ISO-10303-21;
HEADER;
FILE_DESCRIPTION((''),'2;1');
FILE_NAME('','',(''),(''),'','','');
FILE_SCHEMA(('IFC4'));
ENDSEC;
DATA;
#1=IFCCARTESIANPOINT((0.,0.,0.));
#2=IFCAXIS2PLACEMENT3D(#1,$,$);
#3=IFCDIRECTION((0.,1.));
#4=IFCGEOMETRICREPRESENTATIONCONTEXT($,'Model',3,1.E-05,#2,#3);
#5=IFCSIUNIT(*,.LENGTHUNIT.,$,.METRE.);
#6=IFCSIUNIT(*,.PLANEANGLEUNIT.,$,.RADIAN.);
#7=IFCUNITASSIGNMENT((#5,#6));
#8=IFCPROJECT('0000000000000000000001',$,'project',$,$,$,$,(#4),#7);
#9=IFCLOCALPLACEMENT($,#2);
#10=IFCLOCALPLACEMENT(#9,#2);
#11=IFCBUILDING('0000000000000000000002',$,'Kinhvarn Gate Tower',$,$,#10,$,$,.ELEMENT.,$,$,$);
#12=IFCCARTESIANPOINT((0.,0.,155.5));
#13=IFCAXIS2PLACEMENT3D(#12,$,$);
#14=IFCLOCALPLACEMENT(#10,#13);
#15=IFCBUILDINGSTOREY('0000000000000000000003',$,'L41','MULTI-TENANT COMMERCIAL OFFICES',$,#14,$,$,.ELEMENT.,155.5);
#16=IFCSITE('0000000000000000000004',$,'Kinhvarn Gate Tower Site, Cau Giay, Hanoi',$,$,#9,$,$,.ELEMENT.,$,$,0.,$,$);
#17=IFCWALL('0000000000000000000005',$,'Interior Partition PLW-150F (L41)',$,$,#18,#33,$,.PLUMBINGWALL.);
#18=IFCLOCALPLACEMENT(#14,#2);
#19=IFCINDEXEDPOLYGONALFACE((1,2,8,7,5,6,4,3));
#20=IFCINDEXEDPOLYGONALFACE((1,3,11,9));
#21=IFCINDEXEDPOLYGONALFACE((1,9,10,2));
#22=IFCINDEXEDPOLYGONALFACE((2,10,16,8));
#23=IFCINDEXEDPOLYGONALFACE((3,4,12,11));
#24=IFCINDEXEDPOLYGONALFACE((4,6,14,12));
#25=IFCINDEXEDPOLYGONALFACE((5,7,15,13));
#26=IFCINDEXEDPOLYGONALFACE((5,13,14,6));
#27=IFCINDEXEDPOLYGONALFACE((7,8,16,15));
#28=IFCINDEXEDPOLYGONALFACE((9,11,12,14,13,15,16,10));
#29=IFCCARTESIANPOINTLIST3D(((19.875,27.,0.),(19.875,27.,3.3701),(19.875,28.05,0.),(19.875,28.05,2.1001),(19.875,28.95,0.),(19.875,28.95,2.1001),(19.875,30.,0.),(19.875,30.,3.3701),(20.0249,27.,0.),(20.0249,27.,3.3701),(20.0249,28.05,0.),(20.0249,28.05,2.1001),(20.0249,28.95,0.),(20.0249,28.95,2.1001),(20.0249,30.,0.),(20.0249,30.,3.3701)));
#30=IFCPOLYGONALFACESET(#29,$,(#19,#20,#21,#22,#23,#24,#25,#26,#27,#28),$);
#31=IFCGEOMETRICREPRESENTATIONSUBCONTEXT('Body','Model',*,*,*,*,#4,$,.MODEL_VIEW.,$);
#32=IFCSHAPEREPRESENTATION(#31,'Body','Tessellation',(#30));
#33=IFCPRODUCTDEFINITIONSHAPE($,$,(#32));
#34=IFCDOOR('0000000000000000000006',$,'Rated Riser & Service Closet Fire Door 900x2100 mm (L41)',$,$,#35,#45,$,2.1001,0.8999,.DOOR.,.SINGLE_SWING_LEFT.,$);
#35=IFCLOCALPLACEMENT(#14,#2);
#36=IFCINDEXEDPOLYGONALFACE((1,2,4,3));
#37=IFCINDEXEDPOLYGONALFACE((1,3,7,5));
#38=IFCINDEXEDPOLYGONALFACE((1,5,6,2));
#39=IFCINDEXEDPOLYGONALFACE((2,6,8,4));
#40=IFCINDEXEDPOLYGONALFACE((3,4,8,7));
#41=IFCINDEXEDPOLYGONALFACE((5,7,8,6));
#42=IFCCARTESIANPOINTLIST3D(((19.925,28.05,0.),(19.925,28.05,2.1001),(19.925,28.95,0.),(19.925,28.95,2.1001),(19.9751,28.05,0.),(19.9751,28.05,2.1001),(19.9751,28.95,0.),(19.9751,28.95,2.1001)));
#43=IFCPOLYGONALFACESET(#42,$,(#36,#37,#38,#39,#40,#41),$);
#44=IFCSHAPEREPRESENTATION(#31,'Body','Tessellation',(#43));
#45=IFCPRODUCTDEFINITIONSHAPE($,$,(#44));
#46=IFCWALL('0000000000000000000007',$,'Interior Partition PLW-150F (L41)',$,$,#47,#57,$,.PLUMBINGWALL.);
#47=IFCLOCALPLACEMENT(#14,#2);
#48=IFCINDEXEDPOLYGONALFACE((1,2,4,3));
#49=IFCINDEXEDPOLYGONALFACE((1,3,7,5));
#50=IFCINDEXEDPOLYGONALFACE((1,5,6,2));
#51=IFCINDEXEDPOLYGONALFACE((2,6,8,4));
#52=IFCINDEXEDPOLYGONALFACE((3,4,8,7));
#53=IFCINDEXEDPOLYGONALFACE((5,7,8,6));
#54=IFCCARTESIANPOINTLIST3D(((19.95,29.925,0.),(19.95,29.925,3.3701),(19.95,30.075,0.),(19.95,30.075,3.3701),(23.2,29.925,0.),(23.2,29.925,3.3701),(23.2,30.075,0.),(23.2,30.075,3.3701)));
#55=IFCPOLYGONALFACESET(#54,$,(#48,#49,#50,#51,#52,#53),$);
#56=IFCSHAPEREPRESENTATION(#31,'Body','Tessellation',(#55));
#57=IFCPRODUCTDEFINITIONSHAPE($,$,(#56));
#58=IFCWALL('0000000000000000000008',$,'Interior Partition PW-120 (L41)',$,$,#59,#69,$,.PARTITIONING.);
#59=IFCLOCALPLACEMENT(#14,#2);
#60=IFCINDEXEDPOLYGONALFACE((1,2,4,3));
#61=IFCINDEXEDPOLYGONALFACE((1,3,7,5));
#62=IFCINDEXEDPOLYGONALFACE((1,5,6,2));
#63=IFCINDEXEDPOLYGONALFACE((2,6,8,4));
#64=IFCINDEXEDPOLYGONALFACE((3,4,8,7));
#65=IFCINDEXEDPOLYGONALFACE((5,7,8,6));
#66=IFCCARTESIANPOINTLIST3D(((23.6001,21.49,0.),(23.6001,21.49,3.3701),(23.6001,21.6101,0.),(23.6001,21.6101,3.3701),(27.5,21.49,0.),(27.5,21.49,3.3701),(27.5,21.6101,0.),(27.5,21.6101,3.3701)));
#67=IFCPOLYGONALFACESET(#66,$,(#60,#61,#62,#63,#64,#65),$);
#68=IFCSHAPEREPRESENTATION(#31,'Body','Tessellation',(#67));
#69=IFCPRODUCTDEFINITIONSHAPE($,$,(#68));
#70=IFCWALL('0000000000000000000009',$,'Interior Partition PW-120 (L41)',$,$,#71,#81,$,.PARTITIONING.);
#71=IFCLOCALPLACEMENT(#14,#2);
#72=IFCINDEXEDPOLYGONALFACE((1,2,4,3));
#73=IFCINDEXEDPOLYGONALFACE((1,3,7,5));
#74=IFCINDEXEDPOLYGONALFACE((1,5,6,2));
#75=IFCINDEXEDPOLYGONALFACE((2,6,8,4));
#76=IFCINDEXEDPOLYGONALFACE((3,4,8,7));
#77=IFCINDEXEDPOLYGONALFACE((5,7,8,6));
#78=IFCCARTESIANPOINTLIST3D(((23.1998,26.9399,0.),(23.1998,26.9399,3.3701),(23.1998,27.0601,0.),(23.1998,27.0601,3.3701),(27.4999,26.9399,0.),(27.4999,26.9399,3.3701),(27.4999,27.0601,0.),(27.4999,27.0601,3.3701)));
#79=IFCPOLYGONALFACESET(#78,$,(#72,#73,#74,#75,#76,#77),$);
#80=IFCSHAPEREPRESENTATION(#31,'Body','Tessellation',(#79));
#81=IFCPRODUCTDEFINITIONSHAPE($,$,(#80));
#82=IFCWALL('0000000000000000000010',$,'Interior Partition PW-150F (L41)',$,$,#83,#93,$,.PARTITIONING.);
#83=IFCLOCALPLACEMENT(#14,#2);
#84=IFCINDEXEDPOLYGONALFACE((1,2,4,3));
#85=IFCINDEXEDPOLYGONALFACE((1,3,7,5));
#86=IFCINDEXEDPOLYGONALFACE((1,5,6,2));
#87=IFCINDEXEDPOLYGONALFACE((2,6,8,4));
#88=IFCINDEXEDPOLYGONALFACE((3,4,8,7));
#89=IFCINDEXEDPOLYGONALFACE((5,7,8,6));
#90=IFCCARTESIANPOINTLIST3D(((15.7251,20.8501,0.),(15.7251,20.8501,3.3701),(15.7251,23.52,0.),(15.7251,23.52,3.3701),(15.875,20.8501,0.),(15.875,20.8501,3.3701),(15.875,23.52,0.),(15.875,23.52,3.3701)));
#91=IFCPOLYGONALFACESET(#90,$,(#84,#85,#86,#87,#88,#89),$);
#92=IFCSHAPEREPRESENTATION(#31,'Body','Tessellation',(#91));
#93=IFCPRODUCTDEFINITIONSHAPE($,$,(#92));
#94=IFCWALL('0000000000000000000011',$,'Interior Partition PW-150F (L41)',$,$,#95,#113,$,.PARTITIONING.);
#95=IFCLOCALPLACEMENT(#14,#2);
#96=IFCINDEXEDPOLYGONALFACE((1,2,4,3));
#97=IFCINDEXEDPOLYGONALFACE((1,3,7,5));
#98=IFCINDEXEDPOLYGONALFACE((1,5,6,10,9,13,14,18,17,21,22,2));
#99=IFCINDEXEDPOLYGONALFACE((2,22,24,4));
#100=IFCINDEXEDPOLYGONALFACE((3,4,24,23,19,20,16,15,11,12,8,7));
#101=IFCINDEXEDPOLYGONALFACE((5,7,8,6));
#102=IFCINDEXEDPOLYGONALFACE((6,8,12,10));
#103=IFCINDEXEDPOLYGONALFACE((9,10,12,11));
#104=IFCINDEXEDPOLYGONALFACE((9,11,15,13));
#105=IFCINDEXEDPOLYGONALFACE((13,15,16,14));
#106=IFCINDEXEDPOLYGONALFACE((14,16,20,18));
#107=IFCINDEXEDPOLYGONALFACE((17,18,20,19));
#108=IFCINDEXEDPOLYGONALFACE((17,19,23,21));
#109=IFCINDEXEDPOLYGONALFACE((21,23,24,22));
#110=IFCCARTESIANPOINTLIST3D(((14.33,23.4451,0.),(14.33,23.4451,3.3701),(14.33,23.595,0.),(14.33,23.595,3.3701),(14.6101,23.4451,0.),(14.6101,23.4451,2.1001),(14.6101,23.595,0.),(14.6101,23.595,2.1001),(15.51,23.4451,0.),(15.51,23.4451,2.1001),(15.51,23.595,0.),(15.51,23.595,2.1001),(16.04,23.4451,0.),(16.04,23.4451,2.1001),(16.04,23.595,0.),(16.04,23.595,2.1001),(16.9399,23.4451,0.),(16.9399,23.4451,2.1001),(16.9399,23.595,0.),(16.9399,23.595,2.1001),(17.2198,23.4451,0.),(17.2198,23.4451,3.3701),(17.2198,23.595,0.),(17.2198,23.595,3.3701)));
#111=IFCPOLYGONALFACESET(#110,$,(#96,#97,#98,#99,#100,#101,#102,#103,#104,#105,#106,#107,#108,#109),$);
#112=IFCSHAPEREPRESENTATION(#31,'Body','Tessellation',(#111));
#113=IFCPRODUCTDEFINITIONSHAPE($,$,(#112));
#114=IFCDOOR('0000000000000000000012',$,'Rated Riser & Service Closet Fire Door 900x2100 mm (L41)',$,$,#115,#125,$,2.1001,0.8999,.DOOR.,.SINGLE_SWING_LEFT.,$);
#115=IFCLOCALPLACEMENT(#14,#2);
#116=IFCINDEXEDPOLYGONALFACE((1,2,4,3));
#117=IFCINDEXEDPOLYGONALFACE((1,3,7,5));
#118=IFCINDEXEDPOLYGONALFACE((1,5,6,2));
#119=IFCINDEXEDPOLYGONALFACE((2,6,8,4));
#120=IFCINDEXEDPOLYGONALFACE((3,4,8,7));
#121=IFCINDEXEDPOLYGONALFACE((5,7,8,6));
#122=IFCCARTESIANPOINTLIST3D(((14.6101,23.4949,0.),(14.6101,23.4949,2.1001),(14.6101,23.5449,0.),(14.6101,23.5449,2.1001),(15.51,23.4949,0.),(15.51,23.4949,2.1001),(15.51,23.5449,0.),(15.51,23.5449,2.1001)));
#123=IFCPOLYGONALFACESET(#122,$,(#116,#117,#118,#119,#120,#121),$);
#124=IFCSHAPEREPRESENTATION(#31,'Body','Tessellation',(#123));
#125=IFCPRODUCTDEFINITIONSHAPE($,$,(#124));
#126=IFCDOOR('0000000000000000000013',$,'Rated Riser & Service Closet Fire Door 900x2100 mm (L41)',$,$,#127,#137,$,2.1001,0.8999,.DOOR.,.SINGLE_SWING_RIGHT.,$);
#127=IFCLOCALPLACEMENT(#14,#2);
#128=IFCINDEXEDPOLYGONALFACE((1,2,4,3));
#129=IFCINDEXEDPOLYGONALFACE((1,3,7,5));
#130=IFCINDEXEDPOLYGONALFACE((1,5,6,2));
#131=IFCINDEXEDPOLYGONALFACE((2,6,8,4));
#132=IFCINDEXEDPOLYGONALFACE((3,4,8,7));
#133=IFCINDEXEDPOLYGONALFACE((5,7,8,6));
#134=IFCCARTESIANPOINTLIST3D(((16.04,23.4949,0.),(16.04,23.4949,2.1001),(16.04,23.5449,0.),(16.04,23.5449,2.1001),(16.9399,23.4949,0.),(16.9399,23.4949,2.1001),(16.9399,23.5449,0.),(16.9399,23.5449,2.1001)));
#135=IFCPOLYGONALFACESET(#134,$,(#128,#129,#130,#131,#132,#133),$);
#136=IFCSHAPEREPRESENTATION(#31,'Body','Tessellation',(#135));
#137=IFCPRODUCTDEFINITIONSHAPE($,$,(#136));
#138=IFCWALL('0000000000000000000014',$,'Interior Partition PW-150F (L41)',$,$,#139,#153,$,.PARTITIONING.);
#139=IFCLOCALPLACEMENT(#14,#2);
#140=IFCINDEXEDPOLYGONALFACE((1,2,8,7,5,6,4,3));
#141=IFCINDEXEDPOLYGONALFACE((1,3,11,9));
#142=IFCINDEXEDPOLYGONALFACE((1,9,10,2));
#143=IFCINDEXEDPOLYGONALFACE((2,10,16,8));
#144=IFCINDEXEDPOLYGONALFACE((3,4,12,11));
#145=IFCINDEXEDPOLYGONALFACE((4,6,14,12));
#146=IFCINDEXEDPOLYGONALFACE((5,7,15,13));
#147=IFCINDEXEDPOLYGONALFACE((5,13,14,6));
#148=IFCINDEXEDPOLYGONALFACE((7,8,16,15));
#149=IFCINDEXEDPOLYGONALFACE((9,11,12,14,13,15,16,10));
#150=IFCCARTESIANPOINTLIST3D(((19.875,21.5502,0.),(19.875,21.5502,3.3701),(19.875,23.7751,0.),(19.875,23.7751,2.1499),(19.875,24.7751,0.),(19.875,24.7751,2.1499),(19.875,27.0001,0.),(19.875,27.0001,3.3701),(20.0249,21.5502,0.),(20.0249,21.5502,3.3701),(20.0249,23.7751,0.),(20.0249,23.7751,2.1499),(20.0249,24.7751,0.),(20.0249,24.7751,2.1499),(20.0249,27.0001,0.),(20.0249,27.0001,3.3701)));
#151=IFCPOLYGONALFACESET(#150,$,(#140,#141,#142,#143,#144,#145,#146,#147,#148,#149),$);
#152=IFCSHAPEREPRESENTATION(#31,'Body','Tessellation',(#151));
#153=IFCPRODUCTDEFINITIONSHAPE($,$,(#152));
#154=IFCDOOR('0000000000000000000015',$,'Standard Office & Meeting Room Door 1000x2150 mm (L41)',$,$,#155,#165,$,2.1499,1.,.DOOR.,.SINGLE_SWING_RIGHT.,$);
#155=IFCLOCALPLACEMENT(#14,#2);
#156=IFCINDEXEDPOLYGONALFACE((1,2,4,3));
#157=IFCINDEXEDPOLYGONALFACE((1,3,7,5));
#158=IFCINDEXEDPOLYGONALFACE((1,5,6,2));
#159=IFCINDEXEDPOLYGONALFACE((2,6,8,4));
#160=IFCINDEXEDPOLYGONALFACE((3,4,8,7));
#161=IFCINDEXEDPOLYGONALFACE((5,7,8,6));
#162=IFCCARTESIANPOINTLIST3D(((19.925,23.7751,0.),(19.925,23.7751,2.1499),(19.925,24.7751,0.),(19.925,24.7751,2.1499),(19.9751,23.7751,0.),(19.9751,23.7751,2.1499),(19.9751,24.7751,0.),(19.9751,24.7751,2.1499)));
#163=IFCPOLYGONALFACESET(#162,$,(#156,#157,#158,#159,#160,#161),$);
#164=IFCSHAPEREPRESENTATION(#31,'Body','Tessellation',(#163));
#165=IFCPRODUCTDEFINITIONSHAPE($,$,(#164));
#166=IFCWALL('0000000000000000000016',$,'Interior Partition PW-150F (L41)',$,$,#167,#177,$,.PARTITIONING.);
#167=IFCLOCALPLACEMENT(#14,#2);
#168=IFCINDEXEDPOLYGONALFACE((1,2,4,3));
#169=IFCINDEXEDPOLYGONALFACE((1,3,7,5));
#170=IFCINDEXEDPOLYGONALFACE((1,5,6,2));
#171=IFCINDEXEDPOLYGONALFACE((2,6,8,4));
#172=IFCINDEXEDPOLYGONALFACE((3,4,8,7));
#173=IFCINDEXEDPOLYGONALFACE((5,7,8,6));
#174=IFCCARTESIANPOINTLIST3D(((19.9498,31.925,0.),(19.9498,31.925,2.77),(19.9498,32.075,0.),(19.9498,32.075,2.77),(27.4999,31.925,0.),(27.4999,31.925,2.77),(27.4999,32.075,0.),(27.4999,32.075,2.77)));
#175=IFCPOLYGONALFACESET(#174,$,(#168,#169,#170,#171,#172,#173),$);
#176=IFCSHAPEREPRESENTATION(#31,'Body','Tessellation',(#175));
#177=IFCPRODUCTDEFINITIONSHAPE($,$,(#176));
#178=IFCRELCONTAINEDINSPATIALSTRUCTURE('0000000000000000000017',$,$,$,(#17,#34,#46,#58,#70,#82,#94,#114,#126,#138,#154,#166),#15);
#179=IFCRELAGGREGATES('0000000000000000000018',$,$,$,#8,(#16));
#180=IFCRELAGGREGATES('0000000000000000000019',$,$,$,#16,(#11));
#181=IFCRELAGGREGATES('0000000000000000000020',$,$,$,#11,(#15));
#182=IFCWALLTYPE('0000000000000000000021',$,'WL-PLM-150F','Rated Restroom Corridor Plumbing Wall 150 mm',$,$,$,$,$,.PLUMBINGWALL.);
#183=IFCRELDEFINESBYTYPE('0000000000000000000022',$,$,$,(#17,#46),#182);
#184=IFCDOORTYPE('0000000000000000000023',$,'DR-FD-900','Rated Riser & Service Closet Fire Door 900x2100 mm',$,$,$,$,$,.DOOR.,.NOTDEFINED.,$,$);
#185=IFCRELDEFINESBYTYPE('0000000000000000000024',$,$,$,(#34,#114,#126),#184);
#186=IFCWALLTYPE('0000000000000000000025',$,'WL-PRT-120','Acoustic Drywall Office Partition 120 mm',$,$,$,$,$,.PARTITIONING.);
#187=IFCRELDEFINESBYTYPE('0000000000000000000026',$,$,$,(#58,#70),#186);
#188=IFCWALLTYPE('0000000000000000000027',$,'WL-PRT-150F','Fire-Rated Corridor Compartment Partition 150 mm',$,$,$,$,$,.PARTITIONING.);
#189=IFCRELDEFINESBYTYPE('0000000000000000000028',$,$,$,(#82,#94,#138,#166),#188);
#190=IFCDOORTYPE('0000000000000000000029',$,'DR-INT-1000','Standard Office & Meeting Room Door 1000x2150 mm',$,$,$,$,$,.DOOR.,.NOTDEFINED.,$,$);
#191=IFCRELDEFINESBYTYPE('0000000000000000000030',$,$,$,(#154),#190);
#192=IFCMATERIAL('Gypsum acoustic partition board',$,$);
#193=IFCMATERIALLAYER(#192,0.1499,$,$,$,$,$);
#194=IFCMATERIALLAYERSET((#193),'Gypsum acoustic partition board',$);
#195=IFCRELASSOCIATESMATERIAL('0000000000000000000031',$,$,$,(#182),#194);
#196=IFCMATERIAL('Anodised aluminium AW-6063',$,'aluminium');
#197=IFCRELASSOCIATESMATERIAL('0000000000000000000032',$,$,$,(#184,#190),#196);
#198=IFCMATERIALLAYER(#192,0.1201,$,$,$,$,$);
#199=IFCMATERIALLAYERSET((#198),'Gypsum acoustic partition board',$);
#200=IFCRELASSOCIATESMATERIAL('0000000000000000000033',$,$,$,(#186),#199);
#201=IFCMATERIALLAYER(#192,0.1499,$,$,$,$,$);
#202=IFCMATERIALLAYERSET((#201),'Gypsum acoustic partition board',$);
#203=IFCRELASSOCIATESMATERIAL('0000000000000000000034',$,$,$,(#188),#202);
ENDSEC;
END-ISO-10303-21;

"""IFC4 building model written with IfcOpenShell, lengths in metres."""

from ifc_helpers import new_model, si_unit, direction, frame, frame_2d, origin, place, context, subcontext, project, spatial, rectangle, extrude, material, layer, layer_set, type_object, element, fill, save


model = new_model("IFC4")

# Units and contexts
model_context = context("Model", 3, precision=1e-05, world=origin(), true_north=direction((0.0, 1.0)))
body_context = subcontext(model_context, "Body", "Model", "MODEL_VIEW")
ifc_project = project(units=[si_unit("LENGTHUNIT", "METRE"), si_unit("PLANEANGLEUNIT", "RADIAN")], contexts=[model_context])

# Site, building, storey
site_placement = place(None, origin())
site = spatial("IfcSite", under=ifc_project, at=site_placement, Name="Kinhvarn Gate Tower Site, Cau Giay, Hanoi", CompositionType="ELEMENT", RefElevation=0.0)
building_placement = place(site_placement, origin())
building = spatial("IfcBuilding", under=site, at=building_placement, Name="Kinhvarn Gate Tower", CompositionType="ELEMENT")
storey_placement = place(building_placement, frame((0.0, 0.0, 155.5)))
storey = spatial("IfcBuildingStorey", under=building, at=storey_placement, Name="L41", Description="MULTI-TENANT COMMERCIAL OFFICES", CompositionType="ELEMENT", Elevation=155.5)

# Shared definitions
ifc_material_1 = material(Name="Anodised aluminium AW-6063", Category="aluminium")

# Shared definitions
ifc_material_2 = material(Name="Gypsum acoustic partition board")

# Wall, opening, door
ifc_layer_1 = layer(ifc_material_2, 0.1499)
ifc_layer_set_1 = layer_set([ifc_layer_1], Name="Gypsum acoustic partition board")
wall_type_1 = type_object("IfcWallType", Name="WL-PLM-150F", Description="Rated Restroom Corridor Plumbing Wall 150 mm", PredefinedType="PLUMBINGWALL", material=ifc_layer_set_1)
wall_1_placement = place(storey_placement, frame((19.95, 27.0, 0.0), z_axis=(0.0, 0.0, 1.0), x_axis=(0.0, 1.0, 0.0)))
wall_1 = element("IfcWall", 1, at=wall_1_placement, inside=storey, type_object=wall_type_1, Name="Interior Partition PLW-150F (L41)", PredefinedType="PLUMBINGWALL", context=body_context, shape_type="SweptSolid", body=[
    extrude(rectangle(XDim=3.0, YDim=0.1499, at=frame_2d((1.5, 0.0))), origin(), (0.0, 0.0, 1.0), 3.3701),
])
opening_1_placement = place(wall_1_placement, frame((1.05, 0.0, 0.0)))
opening_1 = element("IfcOpeningElement", 2, at=opening_1_placement, cuts=wall_1, PredefinedType="OPENING", context=body_context, shape_type="SweptSolid", body=[
    extrude(rectangle(XDim=0.8999, YDim=2.1001, at=frame_2d((0.45, 1.05))), frame((0.0, 0.085, 0.0), z_axis=(0.0, -1.0, 0.0), x_axis=(1.0, 0.0, 0.0)), (0.0, 0.0, 1.0), 0.1699),
])
door_type_1 = type_object("IfcDoorType", Name="DR-FD-900", Description="Rated Riser & Service Closet Fire Door 900x2100 mm", OperationType="NOTDEFINED", PredefinedType="DOOR", material=ifc_material_1)
door_1_placement = place(opening_1_placement, origin())
door_1 = element("IfcDoor", 3, at=door_1_placement, inside=storey, type_object=door_type_1, Name="Rated Riser & Service Closet Fire Door 900x2100 mm (L41)", OperationType="SINGLE_SWING_LEFT", OverallHeight=2.1001, OverallWidth=0.8999, PredefinedType="DOOR", context=body_context, shape_type="SweptSolid", body=[
    extrude(rectangle(XDim=0.8999, YDim=2.1001, at=frame_2d((0.45, 1.05))), frame((0.0, 0.0249, 0.0), z_axis=(0.0, -1.0, 0.0), x_axis=(1.0, 0.0, 0.0)), (0.0, 0.0, 1.0), 0.05),
])
fill(opening_1, door_1)

# Walls
wall_2_placement = place(storey_placement, frame((19.95, 30.0, 0.0), z_axis=(0.0, 0.0, 1.0), x_axis=(1.0, 0.0, 0.0)))
element("IfcWall", 4, at=wall_2_placement, inside=storey, type_object=wall_type_1, Name="Interior Partition PLW-150F (L41)", PredefinedType="PLUMBINGWALL", context=body_context, shape_type="SweptSolid", body=[
    extrude(rectangle(XDim=3.25, YDim=0.1499, at=frame_2d((1.625, 0.0))), origin(), (0.0, 0.0, 1.0), 3.3701),
])
ifc_layer_2 = layer(ifc_material_2, 0.1201)
ifc_layer_set_2 = layer_set([ifc_layer_2], Name="Gypsum acoustic partition board")
wall_type_2 = type_object("IfcWallType", Name="WL-PRT-120", Description="Acoustic Drywall Office Partition 120 mm", PredefinedType="PARTITIONING", material=ifc_layer_set_2)
wall_3_placement = place(storey_placement, frame((23.6001, 21.55, 0.0), z_axis=(0.0, 0.0, 1.0), x_axis=(1.0, 0.0, 0.0)))
element("IfcWall", 5, at=wall_3_placement, inside=storey, type_object=wall_type_2, Name="Interior Partition PW-120 (L41)", PredefinedType="PARTITIONING", context=body_context, shape_type="SweptSolid", body=[
    extrude(rectangle(XDim=3.8999, YDim=0.1201, at=frame_2d((1.95, 0.0))), origin(), (0.0, 0.0, 1.0), 3.3701),
])
wall_4_placement = place(storey_placement, frame((23.2, 27.0, 0.0), z_axis=(0.0, 0.0, 1.0), x_axis=(1.0, 0.0, 0.0)))
element("IfcWall", 6, at=wall_4_placement, inside=storey, type_object=wall_type_2, Name="Interior Partition PW-120 (L41)", PredefinedType="PARTITIONING", context=body_context, shape_type="SweptSolid", body=[
    extrude(rectangle(XDim=4.3, YDim=0.1201, at=frame_2d((2.1499, 0.0))), origin(), (0.0, 0.0, 1.0), 3.3701),
])
ifc_layer_3 = layer(ifc_material_2, 0.1499)
ifc_layer_set_3 = layer_set([ifc_layer_3], Name="Gypsum acoustic partition board")
wall_type_3 = type_object("IfcWallType", Name="WL-PRT-150F", Description="Fire-Rated Corridor Compartment Partition 150 mm", PredefinedType="PARTITIONING", material=ifc_layer_set_3)
wall_5_placement = place(storey_placement, frame((15.8, 20.8501, 0.0), z_axis=(0.0, 0.0, 1.0), x_axis=(0.0, 1.0, 0.0)))
element("IfcWall", 7, at=wall_5_placement, inside=storey, type_object=wall_type_3, Name="Interior Partition PW-150F (L41)", PredefinedType="PARTITIONING", context=body_context, shape_type="SweptSolid", body=[
    extrude(rectangle(XDim=2.6699, YDim=0.1499, at=frame_2d((1.335, 0.0))), origin(), (0.0, 0.0, 1.0), 3.3701),
])

# Wall, openings, doors
wall_6_placement = place(storey_placement, frame((14.3301, 23.52, 0.0), z_axis=(0.0, 0.0, 1.0), x_axis=(1.0, 0.0, 0.0)))
wall_6 = element("IfcWall", 8, at=wall_6_placement, inside=storey, type_object=wall_type_3, Name="Interior Partition PW-150F (L41)", PredefinedType="PARTITIONING", context=body_context, shape_type="SweptSolid", body=[
    extrude(rectangle(XDim=2.8899, YDim=0.1499, at=frame_2d((1.4448, 0.0))), origin(), (0.0, 0.0, 1.0), 3.3701),
])
opening_2_placement = place(wall_6_placement, frame((0.28, 0.0, 0.0)))
opening_2 = element("IfcOpeningElement", 9, at=opening_2_placement, cuts=wall_6, PredefinedType="OPENING", context=body_context, shape_type="SweptSolid", body=[
    extrude(rectangle(XDim=0.8999, YDim=2.1001, at=frame_2d((0.45, 1.05))), frame((0.0, 0.085, 0.0), z_axis=(0.0, -1.0, 0.0), x_axis=(1.0, 0.0, 0.0)), (0.0, 0.0, 1.0), 0.1699),
])
opening_3_placement = place(wall_6_placement, frame((1.71, 0.0, 0.0)))
opening_3 = element("IfcOpeningElement", 10, at=opening_3_placement, cuts=wall_6, PredefinedType="OPENING", context=body_context, shape_type="SweptSolid", body=[
    extrude(rectangle(XDim=0.8999, YDim=2.1001, at=frame_2d((0.45, 1.05))), frame((0.0, 0.085, 0.0), z_axis=(0.0, -1.0, 0.0), x_axis=(1.0, 0.0, 0.0)), (0.0, 0.0, 1.0), 0.1699),
])
door_2_placement = place(opening_2_placement, origin())
door_2 = element("IfcDoor", 11, at=door_2_placement, inside=storey, type_object=door_type_1, Name="Rated Riser & Service Closet Fire Door 900x2100 mm (L41)", OperationType="SINGLE_SWING_LEFT", OverallHeight=2.1001, OverallWidth=0.8999, PredefinedType="DOOR", context=body_context, shape_type="SweptSolid", body=[
    extrude(rectangle(XDim=0.8999, YDim=2.1001, at=frame_2d((0.45, 1.05))), frame((0.0, 0.0249, 0.0), z_axis=(0.0, -1.0, 0.0), x_axis=(1.0, 0.0, 0.0)), (0.0, 0.0, 1.0), 0.05),
])
fill(opening_2, door_2)
door_3_placement = place(opening_3_placement, origin())
door_3 = element("IfcDoor", 12, at=door_3_placement, inside=storey, type_object=door_type_1, Name="Rated Riser & Service Closet Fire Door 900x2100 mm (L41)", OperationType="SINGLE_SWING_RIGHT", OverallHeight=2.1001, OverallWidth=0.8999, PredefinedType="DOOR", context=body_context, shape_type="SweptSolid", body=[
    extrude(rectangle(XDim=0.8999, YDim=2.1001, at=frame_2d((0.45, 1.05))), frame((0.0, 0.0249, 0.0), z_axis=(0.0, -1.0, 0.0), x_axis=(1.0, 0.0, 0.0)), (0.0, 0.0, 1.0), 0.05),
])
fill(opening_3, door_3)

# Wall, opening, door
wall_7_placement = place(storey_placement, frame((19.95, 21.55, 0.0), z_axis=(0.0, 0.0, 1.0), x_axis=(0.0, 1.0, 0.0)))
wall_7 = element("IfcWall", 13, at=wall_7_placement, inside=storey, type_object=wall_type_3, Name="Interior Partition PW-150F (L41)", PredefinedType="PARTITIONING", context=body_context, shape_type="SweptSolid", body=[
    extrude(rectangle(XDim=5.45, YDim=0.1499, at=frame_2d((2.7251, 0.0))), origin(), (0.0, 0.0, 1.0), 3.3701),
])
opening_4_placement = place(wall_7_placement, frame((2.2251, 0.0, 0.0)))
opening_4 = element("IfcOpeningElement", 14, at=opening_4_placement, cuts=wall_7, PredefinedType="OPENING", context=body_context, shape_type="SweptSolid", body=[
    extrude(rectangle(XDim=1.0, YDim=2.1499, at=frame_2d((0.5, 1.075))), frame((0.0, 0.085, 0.0), z_axis=(0.0, -1.0, 0.0), x_axis=(1.0, 0.0, 0.0)), (0.0, 0.0, 1.0), 0.1699),
])
door_type_2 = type_object("IfcDoorType", Name="DR-INT-1000", Description="Standard Office & Meeting Room Door 1000x2150 mm", OperationType="NOTDEFINED", PredefinedType="DOOR", material=ifc_material_1)
door_4_placement = place(opening_4_placement, origin())
door_4 = element("IfcDoor", 15, at=door_4_placement, inside=storey, type_object=door_type_2, Name="Standard Office & Meeting Room Door 1000x2150 mm (L41)", OperationType="SINGLE_SWING_RIGHT", OverallHeight=2.1499, OverallWidth=1.0, PredefinedType="DOOR", context=body_context, shape_type="SweptSolid", body=[
    extrude(rectangle(XDim=1.0, YDim=2.1499, at=frame_2d((0.5, 1.075))), frame((0.0, 0.0249, 0.0), z_axis=(0.0, -1.0, 0.0), x_axis=(1.0, 0.0, 0.0)), (0.0, 0.0, 1.0), 0.05),
])
fill(opening_4, door_4)

# Wall
wall_8_placement = place(storey_placement, frame((19.95, 32.0, 0.0), z_axis=(0.0, 0.0, 1.0), x_axis=(1.0, 0.0, 0.0)))
element("IfcWall", 16, at=wall_8_placement, inside=storey, type_object=wall_type_3, Name="Interior Partition PW-150F (L41)", PredefinedType="PARTITIONING", context=body_context, shape_type="SweptSolid", body=[
    extrude(rectangle(XDim=7.55, YDim=0.1499, at=frame_2d((3.7749, 0.0))), origin(), (0.0, 0.0, 1.0), 2.77),
])

save(model, "model.ifc")
